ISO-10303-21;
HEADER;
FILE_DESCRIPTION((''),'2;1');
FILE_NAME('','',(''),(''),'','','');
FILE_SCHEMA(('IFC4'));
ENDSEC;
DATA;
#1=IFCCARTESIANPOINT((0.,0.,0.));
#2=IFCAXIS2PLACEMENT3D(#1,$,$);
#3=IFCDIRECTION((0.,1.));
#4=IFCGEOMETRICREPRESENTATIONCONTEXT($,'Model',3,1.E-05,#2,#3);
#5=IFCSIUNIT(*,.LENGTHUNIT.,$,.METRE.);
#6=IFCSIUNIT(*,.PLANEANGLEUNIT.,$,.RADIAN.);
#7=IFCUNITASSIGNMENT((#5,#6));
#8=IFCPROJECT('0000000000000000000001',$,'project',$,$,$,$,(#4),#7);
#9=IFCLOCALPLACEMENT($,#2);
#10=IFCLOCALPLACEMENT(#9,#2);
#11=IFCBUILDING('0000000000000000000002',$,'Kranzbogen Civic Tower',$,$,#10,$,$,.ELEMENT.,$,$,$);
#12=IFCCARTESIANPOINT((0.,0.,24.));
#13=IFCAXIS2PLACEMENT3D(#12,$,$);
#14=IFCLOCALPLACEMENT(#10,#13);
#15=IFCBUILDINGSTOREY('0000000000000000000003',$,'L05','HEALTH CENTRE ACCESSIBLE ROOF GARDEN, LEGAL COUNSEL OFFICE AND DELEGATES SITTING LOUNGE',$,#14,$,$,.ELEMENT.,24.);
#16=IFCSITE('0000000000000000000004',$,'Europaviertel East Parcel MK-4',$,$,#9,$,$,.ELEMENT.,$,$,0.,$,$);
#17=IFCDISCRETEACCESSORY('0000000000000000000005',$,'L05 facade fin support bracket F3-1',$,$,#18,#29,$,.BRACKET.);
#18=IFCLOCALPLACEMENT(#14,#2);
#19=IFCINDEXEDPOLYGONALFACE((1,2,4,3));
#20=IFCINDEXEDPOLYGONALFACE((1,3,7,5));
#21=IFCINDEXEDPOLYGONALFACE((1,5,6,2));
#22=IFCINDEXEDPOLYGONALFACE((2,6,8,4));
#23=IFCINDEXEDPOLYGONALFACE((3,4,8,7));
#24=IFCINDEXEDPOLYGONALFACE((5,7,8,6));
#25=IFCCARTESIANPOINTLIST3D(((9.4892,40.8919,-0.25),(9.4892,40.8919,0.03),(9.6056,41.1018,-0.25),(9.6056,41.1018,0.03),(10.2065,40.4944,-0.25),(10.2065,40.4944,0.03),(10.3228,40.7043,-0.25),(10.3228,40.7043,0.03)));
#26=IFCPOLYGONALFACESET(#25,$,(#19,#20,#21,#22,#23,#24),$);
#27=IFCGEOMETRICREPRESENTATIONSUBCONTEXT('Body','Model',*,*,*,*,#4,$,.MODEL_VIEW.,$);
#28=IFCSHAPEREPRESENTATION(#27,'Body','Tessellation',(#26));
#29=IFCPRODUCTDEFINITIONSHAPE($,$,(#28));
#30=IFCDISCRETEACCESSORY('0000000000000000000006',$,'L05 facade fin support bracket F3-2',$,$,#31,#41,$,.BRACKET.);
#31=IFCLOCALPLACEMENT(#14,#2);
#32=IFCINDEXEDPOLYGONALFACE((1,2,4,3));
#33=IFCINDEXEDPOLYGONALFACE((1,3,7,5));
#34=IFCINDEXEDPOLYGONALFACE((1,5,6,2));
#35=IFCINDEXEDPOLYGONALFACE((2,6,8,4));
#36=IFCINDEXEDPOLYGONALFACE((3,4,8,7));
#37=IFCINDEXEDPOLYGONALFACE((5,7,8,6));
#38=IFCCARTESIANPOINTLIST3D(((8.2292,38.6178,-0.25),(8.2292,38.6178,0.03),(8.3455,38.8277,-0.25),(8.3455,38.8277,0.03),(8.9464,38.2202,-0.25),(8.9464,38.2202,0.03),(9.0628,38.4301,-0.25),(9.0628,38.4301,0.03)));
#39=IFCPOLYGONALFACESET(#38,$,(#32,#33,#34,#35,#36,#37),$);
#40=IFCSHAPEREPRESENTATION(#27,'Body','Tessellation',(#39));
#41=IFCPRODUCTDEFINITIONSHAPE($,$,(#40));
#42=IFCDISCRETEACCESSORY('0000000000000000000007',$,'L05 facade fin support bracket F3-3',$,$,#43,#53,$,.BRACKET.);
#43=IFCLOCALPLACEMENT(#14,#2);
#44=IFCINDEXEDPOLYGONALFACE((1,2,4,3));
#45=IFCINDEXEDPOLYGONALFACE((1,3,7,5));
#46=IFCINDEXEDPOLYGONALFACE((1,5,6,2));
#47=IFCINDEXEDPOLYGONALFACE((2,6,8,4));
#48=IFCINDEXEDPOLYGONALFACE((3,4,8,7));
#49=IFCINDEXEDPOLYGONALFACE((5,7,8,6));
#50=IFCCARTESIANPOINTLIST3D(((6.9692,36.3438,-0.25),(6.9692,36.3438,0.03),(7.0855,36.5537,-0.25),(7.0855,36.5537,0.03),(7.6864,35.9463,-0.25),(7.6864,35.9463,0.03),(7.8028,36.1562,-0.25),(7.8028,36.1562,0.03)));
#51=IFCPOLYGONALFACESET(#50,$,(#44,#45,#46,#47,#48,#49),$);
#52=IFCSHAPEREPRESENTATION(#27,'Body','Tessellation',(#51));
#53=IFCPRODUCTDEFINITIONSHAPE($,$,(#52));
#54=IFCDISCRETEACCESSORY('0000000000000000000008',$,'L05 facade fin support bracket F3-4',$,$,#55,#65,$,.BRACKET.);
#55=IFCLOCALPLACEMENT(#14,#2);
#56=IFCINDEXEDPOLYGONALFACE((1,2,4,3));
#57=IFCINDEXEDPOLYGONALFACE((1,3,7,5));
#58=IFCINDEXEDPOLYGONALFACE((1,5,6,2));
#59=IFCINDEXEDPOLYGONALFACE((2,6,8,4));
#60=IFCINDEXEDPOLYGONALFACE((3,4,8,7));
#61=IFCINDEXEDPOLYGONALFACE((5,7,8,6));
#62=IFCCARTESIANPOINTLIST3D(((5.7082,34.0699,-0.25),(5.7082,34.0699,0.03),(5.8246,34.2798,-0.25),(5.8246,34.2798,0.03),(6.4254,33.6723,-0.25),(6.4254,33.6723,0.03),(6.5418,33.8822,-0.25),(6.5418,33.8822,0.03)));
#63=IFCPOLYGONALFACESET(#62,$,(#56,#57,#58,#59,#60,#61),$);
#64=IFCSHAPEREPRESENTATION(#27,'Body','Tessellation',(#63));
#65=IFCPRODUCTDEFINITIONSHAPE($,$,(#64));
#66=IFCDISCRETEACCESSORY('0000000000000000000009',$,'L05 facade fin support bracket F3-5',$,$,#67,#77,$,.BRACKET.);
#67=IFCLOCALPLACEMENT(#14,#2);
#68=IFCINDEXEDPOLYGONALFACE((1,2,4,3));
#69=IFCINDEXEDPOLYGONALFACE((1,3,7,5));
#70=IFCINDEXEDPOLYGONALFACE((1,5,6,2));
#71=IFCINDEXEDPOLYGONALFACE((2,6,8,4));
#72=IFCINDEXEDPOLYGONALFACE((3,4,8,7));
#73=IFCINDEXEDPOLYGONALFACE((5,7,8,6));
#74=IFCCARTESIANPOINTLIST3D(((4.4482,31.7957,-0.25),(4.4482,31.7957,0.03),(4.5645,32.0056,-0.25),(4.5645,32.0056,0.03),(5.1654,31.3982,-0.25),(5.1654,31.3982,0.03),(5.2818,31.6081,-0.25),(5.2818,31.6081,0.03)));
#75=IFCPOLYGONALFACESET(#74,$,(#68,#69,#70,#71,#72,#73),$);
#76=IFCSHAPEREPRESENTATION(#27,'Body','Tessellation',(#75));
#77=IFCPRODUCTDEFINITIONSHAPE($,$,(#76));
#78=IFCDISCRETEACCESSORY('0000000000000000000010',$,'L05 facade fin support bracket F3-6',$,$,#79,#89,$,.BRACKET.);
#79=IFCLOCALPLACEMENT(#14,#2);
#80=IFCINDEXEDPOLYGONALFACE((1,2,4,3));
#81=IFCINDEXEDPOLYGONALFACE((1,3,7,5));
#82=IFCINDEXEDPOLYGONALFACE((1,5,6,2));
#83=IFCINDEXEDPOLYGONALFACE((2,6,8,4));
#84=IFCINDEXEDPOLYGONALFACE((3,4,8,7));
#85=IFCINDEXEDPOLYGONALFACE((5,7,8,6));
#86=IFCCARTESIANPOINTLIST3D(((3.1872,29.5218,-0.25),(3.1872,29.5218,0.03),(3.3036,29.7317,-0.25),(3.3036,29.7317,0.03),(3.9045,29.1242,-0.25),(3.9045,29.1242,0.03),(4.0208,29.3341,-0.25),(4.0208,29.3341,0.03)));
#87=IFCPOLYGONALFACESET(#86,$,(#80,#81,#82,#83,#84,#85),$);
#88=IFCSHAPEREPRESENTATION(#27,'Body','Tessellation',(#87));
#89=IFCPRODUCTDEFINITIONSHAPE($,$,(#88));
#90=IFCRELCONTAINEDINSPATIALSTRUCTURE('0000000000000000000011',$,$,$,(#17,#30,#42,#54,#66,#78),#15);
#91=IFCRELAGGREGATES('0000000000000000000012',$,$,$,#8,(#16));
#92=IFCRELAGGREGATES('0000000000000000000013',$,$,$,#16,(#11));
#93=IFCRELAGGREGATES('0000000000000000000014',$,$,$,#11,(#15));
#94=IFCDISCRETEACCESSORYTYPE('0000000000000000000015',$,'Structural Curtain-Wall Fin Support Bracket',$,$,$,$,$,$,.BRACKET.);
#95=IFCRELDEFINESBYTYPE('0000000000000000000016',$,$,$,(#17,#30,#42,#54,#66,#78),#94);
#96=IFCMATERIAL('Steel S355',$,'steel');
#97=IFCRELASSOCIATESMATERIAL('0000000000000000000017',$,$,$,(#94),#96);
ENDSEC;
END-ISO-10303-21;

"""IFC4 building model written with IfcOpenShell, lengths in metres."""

from ifc_helpers import new_model, si_unit, direction, frame, origin, origin_2d, place, context, subcontext, project, spatial, rectangle, extrude, material, type_object, element, save


model = new_model("IFC4")

# Units and contexts
model_context = context("Model", 3, precision=1e-05, world=origin(), true_north=direction((0.0, 1.0)))
body_context = subcontext(model_context, "Body", "Model", "MODEL_VIEW")
ifc_project = project(units=[si_unit("LENGTHUNIT", "METRE"), si_unit("PLANEANGLEUNIT", "RADIAN")], contexts=[model_context])

# Site, building, storey
site_placement = place(None, origin())
site = spatial("IfcSite", under=ifc_project, at=site_placement, Name="Europaviertel East Parcel MK-4", CompositionType="ELEMENT", RefElevation=0.0)
building_placement = place(site_placement, origin())
building = spatial("IfcBuilding", under=site, at=building_placement, Name="Kranzbogen Civic Tower", CompositionType="ELEMENT")
storey_placement = place(building_placement, frame((0.0, 0.0, 24.0)))
storey = spatial("IfcBuildingStorey", under=building, at=storey_placement, Name="L05", Description="HEALTH CENTRE ACCESSIBLE ROOF GARDEN, LEGAL COUNSEL OFFICE AND DELEGATES SITTING LOUNGE", CompositionType="ELEMENT", Elevation=24.0)

# Shared definitions
ifc_material_1 = material(Name="Steel S355", Category="steel")

# Discrete accessories
discrete_accessory_type = type_object("IfcDiscreteAccessoryType", Name="Structural Curtain-Wall Fin Support Bracket", PredefinedType="BRACKET", material=ifc_material_1)
for number, where, z_axis, x_axis, name in (
    (1, (9.906, 40.7981, -0.25), (0.0, 0.0, 1.0), (-0.87462, 0.48481, 0.0), "L05 facade fin support bracket F3-1"),
    (2, (8.646, 38.5239, -0.25), (0.0, 0.0, 1.0), (-0.87462, 0.48481, 0.0), "L05 facade fin support bracket F3-2"),
    (3, (7.386, 36.25, -0.25), (0.0, 0.0, 1.0), (-0.87462, 0.48481, 0.0), "L05 facade fin support bracket F3-3"),
    (4, (6.125, 33.9761, -0.25), (0.0, 0.0, 1.0), (-0.87462, 0.48481, 0.0), "L05 facade fin support bracket F3-4"),
    (5, (4.865, 31.7019, -0.25), (0.0, 0.0, 1.0), (-0.87462, 0.48481, 0.0), "L05 facade fin support bracket F3-5"),
    (6, (3.604, 29.428, -0.25), (0.0, 0.0, 1.0), (-0.87462, 0.48481, 0.0), "L05 facade fin support bracket F3-6"),
):
    element("IfcDiscreteAccessory", number, at=place(storey_placement, frame(where, z_axis=z_axis, x_axis=x_axis)), inside=storey, type_object=discrete_accessory_type, Name=name, PredefinedType="BRACKET", context=body_context, shape_type="SweptSolid", body=[
        extrude(rectangle(XDim=0.8201, YDim=0.24, at=origin_2d()), origin(), (0.0, 0.0, 1.0), 0.28),
    ])

save(model, "model.ifc")
